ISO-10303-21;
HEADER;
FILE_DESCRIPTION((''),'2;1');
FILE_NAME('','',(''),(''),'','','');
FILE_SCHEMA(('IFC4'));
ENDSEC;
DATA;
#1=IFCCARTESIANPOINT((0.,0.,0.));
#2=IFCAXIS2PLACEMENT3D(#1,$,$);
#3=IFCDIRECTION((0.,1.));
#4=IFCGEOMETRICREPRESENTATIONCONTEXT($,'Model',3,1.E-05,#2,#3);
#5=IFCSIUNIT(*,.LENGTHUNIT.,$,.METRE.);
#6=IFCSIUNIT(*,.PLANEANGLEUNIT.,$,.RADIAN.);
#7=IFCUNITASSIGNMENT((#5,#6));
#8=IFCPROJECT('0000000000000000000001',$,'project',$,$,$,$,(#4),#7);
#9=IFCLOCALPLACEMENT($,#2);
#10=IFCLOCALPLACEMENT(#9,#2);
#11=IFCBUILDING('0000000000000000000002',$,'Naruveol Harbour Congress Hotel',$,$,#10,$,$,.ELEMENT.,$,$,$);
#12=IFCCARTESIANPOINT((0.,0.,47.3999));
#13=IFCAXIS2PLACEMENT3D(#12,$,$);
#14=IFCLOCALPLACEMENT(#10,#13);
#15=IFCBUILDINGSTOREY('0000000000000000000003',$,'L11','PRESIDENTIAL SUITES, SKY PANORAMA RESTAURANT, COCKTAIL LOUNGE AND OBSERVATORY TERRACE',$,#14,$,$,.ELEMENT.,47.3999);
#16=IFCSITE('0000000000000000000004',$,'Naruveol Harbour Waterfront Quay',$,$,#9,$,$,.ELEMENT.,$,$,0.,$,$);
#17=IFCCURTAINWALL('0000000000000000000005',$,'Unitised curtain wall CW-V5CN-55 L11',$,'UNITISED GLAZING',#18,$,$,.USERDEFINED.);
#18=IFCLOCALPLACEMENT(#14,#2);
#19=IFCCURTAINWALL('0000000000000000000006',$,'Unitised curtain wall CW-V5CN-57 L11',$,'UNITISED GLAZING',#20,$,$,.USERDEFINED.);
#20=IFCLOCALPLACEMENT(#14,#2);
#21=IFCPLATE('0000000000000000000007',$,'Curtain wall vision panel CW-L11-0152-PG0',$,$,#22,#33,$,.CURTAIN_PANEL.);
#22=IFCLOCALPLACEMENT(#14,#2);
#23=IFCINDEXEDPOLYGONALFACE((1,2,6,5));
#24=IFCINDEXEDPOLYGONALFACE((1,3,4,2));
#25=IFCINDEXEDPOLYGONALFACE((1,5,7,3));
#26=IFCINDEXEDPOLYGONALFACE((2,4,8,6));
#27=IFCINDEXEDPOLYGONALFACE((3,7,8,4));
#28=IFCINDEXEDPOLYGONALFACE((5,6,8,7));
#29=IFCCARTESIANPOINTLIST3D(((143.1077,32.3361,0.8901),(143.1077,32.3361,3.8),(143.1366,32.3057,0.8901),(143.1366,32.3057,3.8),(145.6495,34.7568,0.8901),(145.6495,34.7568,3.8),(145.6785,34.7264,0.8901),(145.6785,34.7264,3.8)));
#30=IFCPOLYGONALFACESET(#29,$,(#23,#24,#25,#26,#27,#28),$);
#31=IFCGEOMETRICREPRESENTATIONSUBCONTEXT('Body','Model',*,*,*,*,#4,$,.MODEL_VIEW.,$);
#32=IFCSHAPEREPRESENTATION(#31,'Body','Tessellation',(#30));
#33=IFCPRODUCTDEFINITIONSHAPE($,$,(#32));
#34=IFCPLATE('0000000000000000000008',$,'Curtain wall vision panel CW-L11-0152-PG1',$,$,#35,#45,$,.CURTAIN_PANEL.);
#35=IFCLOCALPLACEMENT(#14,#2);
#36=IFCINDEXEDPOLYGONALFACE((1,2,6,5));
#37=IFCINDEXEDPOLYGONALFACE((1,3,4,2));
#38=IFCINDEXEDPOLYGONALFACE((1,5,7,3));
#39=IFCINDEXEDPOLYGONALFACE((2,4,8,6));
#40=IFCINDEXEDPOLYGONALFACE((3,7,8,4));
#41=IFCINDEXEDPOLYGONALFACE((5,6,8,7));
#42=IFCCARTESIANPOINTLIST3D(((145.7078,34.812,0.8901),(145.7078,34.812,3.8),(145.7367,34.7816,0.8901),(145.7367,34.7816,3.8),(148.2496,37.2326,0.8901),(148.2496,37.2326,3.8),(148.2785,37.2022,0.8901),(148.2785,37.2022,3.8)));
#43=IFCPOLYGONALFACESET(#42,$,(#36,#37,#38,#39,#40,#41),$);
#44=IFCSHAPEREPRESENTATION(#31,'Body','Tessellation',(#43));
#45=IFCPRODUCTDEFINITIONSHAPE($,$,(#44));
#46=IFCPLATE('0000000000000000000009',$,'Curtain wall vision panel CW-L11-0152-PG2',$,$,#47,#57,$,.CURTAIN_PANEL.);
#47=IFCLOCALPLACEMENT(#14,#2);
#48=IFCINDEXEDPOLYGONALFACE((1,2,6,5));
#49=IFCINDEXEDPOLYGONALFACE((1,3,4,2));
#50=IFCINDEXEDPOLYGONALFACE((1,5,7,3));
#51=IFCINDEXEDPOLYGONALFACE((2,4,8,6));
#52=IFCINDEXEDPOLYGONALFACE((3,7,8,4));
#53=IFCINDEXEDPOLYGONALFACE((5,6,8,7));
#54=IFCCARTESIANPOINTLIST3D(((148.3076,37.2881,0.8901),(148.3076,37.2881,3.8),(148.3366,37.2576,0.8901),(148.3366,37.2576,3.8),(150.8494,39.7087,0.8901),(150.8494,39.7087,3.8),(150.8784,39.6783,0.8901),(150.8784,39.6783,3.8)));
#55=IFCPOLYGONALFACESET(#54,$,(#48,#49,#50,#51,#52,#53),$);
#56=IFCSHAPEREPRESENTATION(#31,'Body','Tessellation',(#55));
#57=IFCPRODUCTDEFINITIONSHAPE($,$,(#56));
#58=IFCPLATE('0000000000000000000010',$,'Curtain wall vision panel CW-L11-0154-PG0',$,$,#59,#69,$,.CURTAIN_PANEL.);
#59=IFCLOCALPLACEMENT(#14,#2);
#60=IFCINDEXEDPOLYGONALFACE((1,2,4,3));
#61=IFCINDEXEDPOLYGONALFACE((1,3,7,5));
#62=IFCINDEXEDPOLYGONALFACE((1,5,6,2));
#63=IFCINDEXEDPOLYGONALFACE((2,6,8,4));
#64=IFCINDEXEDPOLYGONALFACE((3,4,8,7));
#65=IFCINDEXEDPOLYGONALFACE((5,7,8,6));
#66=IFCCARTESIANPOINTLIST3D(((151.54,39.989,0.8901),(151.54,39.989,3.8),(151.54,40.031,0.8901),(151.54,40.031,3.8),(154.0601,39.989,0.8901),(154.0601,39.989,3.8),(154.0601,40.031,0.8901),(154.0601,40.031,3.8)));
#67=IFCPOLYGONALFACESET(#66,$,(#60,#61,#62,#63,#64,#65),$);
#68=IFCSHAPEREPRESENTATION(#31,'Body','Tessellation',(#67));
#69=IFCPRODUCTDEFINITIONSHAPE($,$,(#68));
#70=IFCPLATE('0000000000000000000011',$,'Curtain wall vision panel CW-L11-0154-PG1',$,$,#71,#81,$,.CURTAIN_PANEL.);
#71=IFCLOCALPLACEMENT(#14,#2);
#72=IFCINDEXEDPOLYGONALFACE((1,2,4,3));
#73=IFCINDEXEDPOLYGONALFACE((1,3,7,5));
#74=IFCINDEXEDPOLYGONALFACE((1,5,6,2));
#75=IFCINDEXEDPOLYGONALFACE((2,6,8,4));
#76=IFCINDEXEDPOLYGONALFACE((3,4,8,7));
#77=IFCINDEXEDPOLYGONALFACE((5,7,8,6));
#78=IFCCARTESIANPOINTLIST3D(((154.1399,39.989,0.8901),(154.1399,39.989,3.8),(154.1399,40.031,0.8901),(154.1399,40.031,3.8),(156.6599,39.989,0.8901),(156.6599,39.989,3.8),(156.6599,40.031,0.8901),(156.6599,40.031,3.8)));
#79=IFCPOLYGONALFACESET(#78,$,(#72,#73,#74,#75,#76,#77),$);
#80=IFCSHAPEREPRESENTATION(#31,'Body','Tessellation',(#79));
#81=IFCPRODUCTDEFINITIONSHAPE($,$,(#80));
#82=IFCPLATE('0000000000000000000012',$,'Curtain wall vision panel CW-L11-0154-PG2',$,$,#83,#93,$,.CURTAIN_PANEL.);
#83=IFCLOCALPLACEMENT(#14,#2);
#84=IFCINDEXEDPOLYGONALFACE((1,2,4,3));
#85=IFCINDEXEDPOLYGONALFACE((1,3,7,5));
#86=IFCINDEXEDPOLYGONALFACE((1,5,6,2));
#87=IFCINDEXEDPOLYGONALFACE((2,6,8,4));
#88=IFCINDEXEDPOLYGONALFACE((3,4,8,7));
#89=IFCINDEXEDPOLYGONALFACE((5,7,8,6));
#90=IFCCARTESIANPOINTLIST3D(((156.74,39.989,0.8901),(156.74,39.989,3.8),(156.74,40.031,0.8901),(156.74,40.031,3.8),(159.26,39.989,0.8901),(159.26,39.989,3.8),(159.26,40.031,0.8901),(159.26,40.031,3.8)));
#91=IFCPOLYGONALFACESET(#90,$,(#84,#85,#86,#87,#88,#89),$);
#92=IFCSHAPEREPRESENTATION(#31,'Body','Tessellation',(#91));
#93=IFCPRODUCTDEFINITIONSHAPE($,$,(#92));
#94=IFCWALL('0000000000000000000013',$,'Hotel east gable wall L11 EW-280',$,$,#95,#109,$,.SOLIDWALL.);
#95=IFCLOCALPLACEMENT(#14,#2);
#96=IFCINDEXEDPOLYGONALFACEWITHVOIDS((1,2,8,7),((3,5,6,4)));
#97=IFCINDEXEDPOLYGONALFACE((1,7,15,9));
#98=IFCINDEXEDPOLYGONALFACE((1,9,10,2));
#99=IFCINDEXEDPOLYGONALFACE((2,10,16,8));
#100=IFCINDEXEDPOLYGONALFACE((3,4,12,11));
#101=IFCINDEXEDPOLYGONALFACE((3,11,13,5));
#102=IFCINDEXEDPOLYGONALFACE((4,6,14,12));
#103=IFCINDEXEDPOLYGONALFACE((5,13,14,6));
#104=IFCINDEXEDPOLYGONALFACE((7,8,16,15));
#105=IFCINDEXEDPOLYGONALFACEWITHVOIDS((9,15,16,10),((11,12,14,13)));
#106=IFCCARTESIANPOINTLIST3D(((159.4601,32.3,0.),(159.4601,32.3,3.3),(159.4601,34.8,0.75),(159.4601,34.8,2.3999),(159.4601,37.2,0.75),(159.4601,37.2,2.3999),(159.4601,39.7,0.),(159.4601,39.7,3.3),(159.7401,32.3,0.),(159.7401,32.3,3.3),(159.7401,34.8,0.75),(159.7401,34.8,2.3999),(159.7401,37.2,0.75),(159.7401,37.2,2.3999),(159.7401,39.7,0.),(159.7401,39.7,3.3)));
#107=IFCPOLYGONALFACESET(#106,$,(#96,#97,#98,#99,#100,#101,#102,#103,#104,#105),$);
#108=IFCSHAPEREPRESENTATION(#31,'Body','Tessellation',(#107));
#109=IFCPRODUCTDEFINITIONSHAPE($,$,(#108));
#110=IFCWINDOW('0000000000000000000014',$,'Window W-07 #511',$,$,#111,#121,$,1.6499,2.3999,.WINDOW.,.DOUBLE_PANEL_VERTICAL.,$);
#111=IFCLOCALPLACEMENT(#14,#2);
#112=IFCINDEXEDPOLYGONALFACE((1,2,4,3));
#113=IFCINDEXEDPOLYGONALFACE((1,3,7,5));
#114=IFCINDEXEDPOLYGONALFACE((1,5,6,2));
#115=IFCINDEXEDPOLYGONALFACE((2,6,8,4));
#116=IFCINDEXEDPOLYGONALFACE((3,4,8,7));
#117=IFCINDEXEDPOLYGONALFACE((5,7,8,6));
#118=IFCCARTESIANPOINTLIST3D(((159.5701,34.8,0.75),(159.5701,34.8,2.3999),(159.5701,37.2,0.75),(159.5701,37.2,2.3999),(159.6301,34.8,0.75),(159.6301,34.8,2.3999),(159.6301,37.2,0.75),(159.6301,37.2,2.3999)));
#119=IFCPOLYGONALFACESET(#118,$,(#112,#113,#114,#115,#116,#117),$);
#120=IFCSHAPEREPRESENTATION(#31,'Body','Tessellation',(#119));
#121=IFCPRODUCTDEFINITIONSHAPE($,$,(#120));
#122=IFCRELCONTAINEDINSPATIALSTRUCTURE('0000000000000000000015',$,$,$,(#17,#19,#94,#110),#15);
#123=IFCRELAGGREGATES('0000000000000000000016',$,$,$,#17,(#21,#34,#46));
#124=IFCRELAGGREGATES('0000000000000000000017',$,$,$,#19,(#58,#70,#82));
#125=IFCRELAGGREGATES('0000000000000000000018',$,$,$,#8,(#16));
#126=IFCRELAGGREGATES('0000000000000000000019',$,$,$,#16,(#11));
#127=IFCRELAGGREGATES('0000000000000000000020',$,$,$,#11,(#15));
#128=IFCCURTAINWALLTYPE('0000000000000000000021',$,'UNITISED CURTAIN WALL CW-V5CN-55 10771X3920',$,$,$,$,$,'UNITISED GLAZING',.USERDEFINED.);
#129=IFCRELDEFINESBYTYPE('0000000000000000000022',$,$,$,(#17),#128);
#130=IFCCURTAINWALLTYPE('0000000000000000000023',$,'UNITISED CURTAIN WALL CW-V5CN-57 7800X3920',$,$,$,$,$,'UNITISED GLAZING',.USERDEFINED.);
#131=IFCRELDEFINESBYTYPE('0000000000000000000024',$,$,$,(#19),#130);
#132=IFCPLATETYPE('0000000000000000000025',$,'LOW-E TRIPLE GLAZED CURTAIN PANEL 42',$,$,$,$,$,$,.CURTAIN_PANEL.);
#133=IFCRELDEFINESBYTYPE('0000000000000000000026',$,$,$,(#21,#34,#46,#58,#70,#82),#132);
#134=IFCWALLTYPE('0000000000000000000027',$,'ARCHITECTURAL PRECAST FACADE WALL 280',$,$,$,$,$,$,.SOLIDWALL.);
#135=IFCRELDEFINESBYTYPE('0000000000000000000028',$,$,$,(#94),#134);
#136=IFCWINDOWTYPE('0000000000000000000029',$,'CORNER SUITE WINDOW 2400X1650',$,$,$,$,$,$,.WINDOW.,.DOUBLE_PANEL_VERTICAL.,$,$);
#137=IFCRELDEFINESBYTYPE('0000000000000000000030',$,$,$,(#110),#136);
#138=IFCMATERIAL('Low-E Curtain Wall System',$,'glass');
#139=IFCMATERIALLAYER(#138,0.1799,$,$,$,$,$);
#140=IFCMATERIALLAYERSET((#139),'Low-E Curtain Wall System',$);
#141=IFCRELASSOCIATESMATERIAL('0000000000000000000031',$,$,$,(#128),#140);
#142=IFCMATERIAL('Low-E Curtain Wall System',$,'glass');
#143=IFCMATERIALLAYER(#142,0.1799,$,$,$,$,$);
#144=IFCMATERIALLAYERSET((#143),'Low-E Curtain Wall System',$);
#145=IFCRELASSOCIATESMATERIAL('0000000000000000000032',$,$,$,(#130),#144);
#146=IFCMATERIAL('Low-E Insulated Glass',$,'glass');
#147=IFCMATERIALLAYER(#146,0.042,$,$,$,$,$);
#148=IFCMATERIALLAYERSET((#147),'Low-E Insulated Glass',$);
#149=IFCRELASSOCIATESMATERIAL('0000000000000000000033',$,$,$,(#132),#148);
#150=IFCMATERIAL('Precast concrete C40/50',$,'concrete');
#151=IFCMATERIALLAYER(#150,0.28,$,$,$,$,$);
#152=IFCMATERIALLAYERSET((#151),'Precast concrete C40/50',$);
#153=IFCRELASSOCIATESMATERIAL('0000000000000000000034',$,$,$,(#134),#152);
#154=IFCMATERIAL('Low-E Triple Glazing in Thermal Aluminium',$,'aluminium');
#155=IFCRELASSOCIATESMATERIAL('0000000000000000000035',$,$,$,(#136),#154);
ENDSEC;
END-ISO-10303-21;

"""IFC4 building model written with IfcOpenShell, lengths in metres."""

from ifc_helpers import new_model, si_unit, direction, frame, frame_2d, origin, origin_2d, place, context, subcontext, project, spatial, rectangle, extrude, material, layer, layer_set, type_object, element, fill, aggregate, save


model = new_model("IFC4")

# Units and contexts
model_context = context("Model", 3, precision=1e-05, world=origin(), true_north=direction((0.0, 1.0)))
body_context = subcontext(model_context, "Body", "Model", "MODEL_VIEW")
ifc_project = project(units=[si_unit("LENGTHUNIT", "METRE"), si_unit("PLANEANGLEUNIT", "RADIAN")], contexts=[model_context])

# Site, building, storey
site_placement = place(None, origin())
site = spatial("IfcSite", under=ifc_project, at=site_placement, Name="Naruveol Harbour Waterfront Quay", CompositionType="ELEMENT", RefElevation=0.0)
building_placement = place(site_placement, origin())
building = spatial("IfcBuilding", under=site, at=building_placement, Name="Naruveol Harbour Congress Hotel", CompositionType="ELEMENT")
storey_placement = place(building_placement, frame((0.0, 0.0, 47.3999)))
storey = spatial("IfcBuildingStorey", under=building, at=storey_placement, Name="L11", Description="PRESIDENTIAL SUITES, SKY PANORAMA RESTAURANT, COCKTAIL LOUNGE AND OBSERVATORY TERRACE", CompositionType="ELEMENT", Elevation=47.3999)

# Curtain walls
ifc_material_1 = material(Name="Low-E Curtain Wall System", Category="glass")
ifc_layer_1 = layer(ifc_material_1, 0.1799)
ifc_layer_set_1 = layer_set([ifc_layer_1], Name="Low-E Curtain Wall System")
curtain_wall_type_1 = type_object("IfcCurtainWallType", Name="UNITISED CURTAIN WALL CW-V5CN-55 10771X3920", ElementType="UNITISED GLAZING", PredefinedType="USERDEFINED", material=ifc_layer_set_1)
curtain_wall_1_placement = place(storey_placement, origin())
curtain_wall_1 = element("IfcCurtainWall", 1, at=curtain_wall_1_placement, inside=storey, type_object=curtain_wall_type_1, Name="Unitised curtain wall CW-V5CN-55 L11", ObjectType="UNITISED GLAZING", PredefinedType="USERDEFINED")
ifc_material_2 = material(Name="Low-E Curtain Wall System", Category="glass")
ifc_layer_2 = layer(ifc_material_2, 0.1799)
ifc_layer_set_2 = layer_set([ifc_layer_2], Name="Low-E Curtain Wall System")
curtain_wall_type_2 = type_object("IfcCurtainWallType", Name="UNITISED CURTAIN WALL CW-V5CN-57 7800X3920", ElementType="UNITISED GLAZING", PredefinedType="USERDEFINED", material=ifc_layer_set_2)
curtain_wall_2_placement = place(storey_placement, origin())
curtain_wall_2 = element("IfcCurtainWall", 2, at=curtain_wall_2_placement, inside=storey, type_object=curtain_wall_type_2, Name="Unitised curtain wall CW-V5CN-57 L11", ObjectType="UNITISED GLAZING", PredefinedType="USERDEFINED")

# Plates
ifc_material_3 = material(Name="Low-E Insulated Glass", Category="glass")
ifc_layer_3 = layer(ifc_material_3, 0.042)
ifc_layer_set_3 = layer_set([ifc_layer_3], Name="Low-E Insulated Glass")
plate_type_1 = type_object("IfcPlateType", Name="LOW-E TRIPLE GLAZED CURTAIN PANEL 42", PredefinedType="CURTAIN_PANEL", material=ifc_layer_set_3)
plate_1_placement = place(storey_placement, frame((144.3931, 33.5312, 0.8901), z_axis=(0.0, 0.0, 1.0), x_axis=(0.72416, 0.689632, 0.0)))
plate_1 = element("IfcPlate", 3, at=plate_1_placement, type_object=plate_type_1, Name="Curtain wall vision panel CW-L11-0152-PG0", PredefinedType="CURTAIN_PANEL", context=body_context, shape_type="SweptSolid", body=[
    extrude(rectangle(XDim=3.51, YDim=0.042, at=origin_2d()), origin(), (0.0, 0.0, 1.0), 2.9099),
])
plate_2_placement = place(storey_placement, frame((146.9932, 36.0071, 0.8901), z_axis=(0.0, 0.0, 1.0), x_axis=(0.72416, 0.689632, 0.0)))
plate_2 = element("IfcPlate", 4, at=plate_2_placement, type_object=plate_type_1, Name="Curtain wall vision panel CW-L11-0152-PG1", PredefinedType="CURTAIN_PANEL", context=body_context, shape_type="SweptSolid", body=[
    extrude(rectangle(XDim=3.51, YDim=0.042, at=origin_2d()), origin(), (0.0, 0.0, 1.0), 2.9099),
])
plate_3_placement = place(storey_placement, frame((149.593, 38.4832, 0.8901), z_axis=(0.0, 0.0, 1.0), x_axis=(0.72416, 0.689632, 0.0)))
plate_3 = element("IfcPlate", 5, at=plate_3_placement, type_object=plate_type_1, Name="Curtain wall vision panel CW-L11-0152-PG2", PredefinedType="CURTAIN_PANEL", context=body_context, shape_type="SweptSolid", body=[
    extrude(rectangle(XDim=3.51, YDim=0.042, at=origin_2d()), origin(), (0.0, 0.0, 1.0), 2.9099),
])
aggregate(curtain_wall_1, [plate_1, plate_2, plate_3])
plate_4_placement = place(storey_placement, frame((152.8, 40.01, 0.8901), z_axis=(0.0, 0.0, 1.0), x_axis=(1.0, 0.0, 0.0)))
plate_4 = element("IfcPlate", 6, at=plate_4_placement, type_object=plate_type_1, Name="Curtain wall vision panel CW-L11-0154-PG0", PredefinedType="CURTAIN_PANEL", context=body_context, shape_type="SweptSolid", body=[
    extrude(rectangle(XDim=2.52, YDim=0.042, at=origin_2d()), origin(), (0.0, 0.0, 1.0), 2.9099),
])
plate_5_placement = place(storey_placement, frame((155.3999, 40.01, 0.8901), z_axis=(0.0, 0.0, 1.0), x_axis=(1.0, 0.0, 0.0)))
plate_5 = element("IfcPlate", 7, at=plate_5_placement, type_object=plate_type_1, Name="Curtain wall vision panel CW-L11-0154-PG1", PredefinedType="CURTAIN_PANEL", context=body_context, shape_type="SweptSolid", body=[
    extrude(rectangle(XDim=2.52, YDim=0.042, at=origin_2d()), origin(), (0.0, 0.0, 1.0), 2.9099),
])
plate_6_placement = place(storey_placement, frame((158.0, 40.01, 0.8901), z_axis=(0.0, 0.0, 1.0), x_axis=(1.0, 0.0, 0.0)))
plate_6 = element("IfcPlate", 8, at=plate_6_placement, type_object=plate_type_1, Name="Curtain wall vision panel CW-L11-0154-PG2", PredefinedType="CURTAIN_PANEL", context=body_context, shape_type="SweptSolid", body=[
    extrude(rectangle(XDim=2.52, YDim=0.042, at=origin_2d()), origin(), (0.0, 0.0, 1.0), 2.9099),
])
aggregate(curtain_wall_2, [plate_4, plate_5, plate_6])

# Wall, opening, window
ifc_material_4 = material(Name="Precast concrete C40/50", Category="concrete")
ifc_layer_4 = layer(ifc_material_4, 0.28)
ifc_layer_set_4 = layer_set([ifc_layer_4], Name="Precast concrete C40/50")
wall_type = type_object("IfcWallType", Name="ARCHITECTURAL PRECAST FACADE WALL 280", PredefinedType="SOLIDWALL", material=ifc_layer_set_4)
wall_placement = place(storey_placement, frame((159.6001, 39.7, 0.0), z_axis=(0.0, 0.0, 1.0), x_axis=(0.0, -1.0, 0.0)))
wall = element("IfcWall", 9, at=wall_placement, inside=storey, type_object=wall_type, Name="Hotel east gable wall L11 EW-280", PredefinedType="SOLIDWALL", context=body_context, shape_type="SweptSolid", body=[
    extrude(rectangle(XDim=7.3999, YDim=0.28, at=frame_2d((3.7, 0.0))), origin(), (0.0, 0.0, 1.0), 3.3),
])
opening_placement = place(wall_placement, frame((2.5, 0.0, 0.75)))
opening = element("IfcOpeningElement", 10, at=opening_placement, cuts=wall, PredefinedType="OPENING", context=body_context, shape_type="SweptSolid", body=[
    extrude(rectangle(XDim=2.3999, YDim=1.6499, at=frame_2d((1.2, 0.825))), frame((0.0, 0.1499, 0.0), z_axis=(0.0, -1.0, 0.0), x_axis=(1.0, 0.0, 0.0)), (0.0, 0.0, 1.0), 0.3),
])
ifc_material_5 = material(Name="Low-E Triple Glazing in Thermal Aluminium", Category="aluminium")
window_type = type_object("IfcWindowType", Name="CORNER SUITE WINDOW 2400X1650", PartitioningType="DOUBLE_PANEL_VERTICAL", PredefinedType="WINDOW", material=ifc_material_5)
window_placement = place(opening_placement, origin())
window = element("IfcWindow", 11, at=window_placement, inside=storey, type_object=window_type, Name="Window W-07 #511", OverallHeight=1.6499, OverallWidth=2.3999, PartitioningType="DOUBLE_PANEL_VERTICAL", PredefinedType="WINDOW", context=body_context, shape_type="SweptSolid", body=[
    extrude(rectangle(XDim=2.3999, YDim=1.6499, at=frame_2d((1.2, 0.825))), frame((0.0, 0.03, 0.0), z_axis=(0.0, -1.0, 0.0), x_axis=(1.0, 0.0, 0.0)), (0.0, 0.0, 1.0), 0.0601),
])
fill(opening, window)

save(model, "model.ifc")
